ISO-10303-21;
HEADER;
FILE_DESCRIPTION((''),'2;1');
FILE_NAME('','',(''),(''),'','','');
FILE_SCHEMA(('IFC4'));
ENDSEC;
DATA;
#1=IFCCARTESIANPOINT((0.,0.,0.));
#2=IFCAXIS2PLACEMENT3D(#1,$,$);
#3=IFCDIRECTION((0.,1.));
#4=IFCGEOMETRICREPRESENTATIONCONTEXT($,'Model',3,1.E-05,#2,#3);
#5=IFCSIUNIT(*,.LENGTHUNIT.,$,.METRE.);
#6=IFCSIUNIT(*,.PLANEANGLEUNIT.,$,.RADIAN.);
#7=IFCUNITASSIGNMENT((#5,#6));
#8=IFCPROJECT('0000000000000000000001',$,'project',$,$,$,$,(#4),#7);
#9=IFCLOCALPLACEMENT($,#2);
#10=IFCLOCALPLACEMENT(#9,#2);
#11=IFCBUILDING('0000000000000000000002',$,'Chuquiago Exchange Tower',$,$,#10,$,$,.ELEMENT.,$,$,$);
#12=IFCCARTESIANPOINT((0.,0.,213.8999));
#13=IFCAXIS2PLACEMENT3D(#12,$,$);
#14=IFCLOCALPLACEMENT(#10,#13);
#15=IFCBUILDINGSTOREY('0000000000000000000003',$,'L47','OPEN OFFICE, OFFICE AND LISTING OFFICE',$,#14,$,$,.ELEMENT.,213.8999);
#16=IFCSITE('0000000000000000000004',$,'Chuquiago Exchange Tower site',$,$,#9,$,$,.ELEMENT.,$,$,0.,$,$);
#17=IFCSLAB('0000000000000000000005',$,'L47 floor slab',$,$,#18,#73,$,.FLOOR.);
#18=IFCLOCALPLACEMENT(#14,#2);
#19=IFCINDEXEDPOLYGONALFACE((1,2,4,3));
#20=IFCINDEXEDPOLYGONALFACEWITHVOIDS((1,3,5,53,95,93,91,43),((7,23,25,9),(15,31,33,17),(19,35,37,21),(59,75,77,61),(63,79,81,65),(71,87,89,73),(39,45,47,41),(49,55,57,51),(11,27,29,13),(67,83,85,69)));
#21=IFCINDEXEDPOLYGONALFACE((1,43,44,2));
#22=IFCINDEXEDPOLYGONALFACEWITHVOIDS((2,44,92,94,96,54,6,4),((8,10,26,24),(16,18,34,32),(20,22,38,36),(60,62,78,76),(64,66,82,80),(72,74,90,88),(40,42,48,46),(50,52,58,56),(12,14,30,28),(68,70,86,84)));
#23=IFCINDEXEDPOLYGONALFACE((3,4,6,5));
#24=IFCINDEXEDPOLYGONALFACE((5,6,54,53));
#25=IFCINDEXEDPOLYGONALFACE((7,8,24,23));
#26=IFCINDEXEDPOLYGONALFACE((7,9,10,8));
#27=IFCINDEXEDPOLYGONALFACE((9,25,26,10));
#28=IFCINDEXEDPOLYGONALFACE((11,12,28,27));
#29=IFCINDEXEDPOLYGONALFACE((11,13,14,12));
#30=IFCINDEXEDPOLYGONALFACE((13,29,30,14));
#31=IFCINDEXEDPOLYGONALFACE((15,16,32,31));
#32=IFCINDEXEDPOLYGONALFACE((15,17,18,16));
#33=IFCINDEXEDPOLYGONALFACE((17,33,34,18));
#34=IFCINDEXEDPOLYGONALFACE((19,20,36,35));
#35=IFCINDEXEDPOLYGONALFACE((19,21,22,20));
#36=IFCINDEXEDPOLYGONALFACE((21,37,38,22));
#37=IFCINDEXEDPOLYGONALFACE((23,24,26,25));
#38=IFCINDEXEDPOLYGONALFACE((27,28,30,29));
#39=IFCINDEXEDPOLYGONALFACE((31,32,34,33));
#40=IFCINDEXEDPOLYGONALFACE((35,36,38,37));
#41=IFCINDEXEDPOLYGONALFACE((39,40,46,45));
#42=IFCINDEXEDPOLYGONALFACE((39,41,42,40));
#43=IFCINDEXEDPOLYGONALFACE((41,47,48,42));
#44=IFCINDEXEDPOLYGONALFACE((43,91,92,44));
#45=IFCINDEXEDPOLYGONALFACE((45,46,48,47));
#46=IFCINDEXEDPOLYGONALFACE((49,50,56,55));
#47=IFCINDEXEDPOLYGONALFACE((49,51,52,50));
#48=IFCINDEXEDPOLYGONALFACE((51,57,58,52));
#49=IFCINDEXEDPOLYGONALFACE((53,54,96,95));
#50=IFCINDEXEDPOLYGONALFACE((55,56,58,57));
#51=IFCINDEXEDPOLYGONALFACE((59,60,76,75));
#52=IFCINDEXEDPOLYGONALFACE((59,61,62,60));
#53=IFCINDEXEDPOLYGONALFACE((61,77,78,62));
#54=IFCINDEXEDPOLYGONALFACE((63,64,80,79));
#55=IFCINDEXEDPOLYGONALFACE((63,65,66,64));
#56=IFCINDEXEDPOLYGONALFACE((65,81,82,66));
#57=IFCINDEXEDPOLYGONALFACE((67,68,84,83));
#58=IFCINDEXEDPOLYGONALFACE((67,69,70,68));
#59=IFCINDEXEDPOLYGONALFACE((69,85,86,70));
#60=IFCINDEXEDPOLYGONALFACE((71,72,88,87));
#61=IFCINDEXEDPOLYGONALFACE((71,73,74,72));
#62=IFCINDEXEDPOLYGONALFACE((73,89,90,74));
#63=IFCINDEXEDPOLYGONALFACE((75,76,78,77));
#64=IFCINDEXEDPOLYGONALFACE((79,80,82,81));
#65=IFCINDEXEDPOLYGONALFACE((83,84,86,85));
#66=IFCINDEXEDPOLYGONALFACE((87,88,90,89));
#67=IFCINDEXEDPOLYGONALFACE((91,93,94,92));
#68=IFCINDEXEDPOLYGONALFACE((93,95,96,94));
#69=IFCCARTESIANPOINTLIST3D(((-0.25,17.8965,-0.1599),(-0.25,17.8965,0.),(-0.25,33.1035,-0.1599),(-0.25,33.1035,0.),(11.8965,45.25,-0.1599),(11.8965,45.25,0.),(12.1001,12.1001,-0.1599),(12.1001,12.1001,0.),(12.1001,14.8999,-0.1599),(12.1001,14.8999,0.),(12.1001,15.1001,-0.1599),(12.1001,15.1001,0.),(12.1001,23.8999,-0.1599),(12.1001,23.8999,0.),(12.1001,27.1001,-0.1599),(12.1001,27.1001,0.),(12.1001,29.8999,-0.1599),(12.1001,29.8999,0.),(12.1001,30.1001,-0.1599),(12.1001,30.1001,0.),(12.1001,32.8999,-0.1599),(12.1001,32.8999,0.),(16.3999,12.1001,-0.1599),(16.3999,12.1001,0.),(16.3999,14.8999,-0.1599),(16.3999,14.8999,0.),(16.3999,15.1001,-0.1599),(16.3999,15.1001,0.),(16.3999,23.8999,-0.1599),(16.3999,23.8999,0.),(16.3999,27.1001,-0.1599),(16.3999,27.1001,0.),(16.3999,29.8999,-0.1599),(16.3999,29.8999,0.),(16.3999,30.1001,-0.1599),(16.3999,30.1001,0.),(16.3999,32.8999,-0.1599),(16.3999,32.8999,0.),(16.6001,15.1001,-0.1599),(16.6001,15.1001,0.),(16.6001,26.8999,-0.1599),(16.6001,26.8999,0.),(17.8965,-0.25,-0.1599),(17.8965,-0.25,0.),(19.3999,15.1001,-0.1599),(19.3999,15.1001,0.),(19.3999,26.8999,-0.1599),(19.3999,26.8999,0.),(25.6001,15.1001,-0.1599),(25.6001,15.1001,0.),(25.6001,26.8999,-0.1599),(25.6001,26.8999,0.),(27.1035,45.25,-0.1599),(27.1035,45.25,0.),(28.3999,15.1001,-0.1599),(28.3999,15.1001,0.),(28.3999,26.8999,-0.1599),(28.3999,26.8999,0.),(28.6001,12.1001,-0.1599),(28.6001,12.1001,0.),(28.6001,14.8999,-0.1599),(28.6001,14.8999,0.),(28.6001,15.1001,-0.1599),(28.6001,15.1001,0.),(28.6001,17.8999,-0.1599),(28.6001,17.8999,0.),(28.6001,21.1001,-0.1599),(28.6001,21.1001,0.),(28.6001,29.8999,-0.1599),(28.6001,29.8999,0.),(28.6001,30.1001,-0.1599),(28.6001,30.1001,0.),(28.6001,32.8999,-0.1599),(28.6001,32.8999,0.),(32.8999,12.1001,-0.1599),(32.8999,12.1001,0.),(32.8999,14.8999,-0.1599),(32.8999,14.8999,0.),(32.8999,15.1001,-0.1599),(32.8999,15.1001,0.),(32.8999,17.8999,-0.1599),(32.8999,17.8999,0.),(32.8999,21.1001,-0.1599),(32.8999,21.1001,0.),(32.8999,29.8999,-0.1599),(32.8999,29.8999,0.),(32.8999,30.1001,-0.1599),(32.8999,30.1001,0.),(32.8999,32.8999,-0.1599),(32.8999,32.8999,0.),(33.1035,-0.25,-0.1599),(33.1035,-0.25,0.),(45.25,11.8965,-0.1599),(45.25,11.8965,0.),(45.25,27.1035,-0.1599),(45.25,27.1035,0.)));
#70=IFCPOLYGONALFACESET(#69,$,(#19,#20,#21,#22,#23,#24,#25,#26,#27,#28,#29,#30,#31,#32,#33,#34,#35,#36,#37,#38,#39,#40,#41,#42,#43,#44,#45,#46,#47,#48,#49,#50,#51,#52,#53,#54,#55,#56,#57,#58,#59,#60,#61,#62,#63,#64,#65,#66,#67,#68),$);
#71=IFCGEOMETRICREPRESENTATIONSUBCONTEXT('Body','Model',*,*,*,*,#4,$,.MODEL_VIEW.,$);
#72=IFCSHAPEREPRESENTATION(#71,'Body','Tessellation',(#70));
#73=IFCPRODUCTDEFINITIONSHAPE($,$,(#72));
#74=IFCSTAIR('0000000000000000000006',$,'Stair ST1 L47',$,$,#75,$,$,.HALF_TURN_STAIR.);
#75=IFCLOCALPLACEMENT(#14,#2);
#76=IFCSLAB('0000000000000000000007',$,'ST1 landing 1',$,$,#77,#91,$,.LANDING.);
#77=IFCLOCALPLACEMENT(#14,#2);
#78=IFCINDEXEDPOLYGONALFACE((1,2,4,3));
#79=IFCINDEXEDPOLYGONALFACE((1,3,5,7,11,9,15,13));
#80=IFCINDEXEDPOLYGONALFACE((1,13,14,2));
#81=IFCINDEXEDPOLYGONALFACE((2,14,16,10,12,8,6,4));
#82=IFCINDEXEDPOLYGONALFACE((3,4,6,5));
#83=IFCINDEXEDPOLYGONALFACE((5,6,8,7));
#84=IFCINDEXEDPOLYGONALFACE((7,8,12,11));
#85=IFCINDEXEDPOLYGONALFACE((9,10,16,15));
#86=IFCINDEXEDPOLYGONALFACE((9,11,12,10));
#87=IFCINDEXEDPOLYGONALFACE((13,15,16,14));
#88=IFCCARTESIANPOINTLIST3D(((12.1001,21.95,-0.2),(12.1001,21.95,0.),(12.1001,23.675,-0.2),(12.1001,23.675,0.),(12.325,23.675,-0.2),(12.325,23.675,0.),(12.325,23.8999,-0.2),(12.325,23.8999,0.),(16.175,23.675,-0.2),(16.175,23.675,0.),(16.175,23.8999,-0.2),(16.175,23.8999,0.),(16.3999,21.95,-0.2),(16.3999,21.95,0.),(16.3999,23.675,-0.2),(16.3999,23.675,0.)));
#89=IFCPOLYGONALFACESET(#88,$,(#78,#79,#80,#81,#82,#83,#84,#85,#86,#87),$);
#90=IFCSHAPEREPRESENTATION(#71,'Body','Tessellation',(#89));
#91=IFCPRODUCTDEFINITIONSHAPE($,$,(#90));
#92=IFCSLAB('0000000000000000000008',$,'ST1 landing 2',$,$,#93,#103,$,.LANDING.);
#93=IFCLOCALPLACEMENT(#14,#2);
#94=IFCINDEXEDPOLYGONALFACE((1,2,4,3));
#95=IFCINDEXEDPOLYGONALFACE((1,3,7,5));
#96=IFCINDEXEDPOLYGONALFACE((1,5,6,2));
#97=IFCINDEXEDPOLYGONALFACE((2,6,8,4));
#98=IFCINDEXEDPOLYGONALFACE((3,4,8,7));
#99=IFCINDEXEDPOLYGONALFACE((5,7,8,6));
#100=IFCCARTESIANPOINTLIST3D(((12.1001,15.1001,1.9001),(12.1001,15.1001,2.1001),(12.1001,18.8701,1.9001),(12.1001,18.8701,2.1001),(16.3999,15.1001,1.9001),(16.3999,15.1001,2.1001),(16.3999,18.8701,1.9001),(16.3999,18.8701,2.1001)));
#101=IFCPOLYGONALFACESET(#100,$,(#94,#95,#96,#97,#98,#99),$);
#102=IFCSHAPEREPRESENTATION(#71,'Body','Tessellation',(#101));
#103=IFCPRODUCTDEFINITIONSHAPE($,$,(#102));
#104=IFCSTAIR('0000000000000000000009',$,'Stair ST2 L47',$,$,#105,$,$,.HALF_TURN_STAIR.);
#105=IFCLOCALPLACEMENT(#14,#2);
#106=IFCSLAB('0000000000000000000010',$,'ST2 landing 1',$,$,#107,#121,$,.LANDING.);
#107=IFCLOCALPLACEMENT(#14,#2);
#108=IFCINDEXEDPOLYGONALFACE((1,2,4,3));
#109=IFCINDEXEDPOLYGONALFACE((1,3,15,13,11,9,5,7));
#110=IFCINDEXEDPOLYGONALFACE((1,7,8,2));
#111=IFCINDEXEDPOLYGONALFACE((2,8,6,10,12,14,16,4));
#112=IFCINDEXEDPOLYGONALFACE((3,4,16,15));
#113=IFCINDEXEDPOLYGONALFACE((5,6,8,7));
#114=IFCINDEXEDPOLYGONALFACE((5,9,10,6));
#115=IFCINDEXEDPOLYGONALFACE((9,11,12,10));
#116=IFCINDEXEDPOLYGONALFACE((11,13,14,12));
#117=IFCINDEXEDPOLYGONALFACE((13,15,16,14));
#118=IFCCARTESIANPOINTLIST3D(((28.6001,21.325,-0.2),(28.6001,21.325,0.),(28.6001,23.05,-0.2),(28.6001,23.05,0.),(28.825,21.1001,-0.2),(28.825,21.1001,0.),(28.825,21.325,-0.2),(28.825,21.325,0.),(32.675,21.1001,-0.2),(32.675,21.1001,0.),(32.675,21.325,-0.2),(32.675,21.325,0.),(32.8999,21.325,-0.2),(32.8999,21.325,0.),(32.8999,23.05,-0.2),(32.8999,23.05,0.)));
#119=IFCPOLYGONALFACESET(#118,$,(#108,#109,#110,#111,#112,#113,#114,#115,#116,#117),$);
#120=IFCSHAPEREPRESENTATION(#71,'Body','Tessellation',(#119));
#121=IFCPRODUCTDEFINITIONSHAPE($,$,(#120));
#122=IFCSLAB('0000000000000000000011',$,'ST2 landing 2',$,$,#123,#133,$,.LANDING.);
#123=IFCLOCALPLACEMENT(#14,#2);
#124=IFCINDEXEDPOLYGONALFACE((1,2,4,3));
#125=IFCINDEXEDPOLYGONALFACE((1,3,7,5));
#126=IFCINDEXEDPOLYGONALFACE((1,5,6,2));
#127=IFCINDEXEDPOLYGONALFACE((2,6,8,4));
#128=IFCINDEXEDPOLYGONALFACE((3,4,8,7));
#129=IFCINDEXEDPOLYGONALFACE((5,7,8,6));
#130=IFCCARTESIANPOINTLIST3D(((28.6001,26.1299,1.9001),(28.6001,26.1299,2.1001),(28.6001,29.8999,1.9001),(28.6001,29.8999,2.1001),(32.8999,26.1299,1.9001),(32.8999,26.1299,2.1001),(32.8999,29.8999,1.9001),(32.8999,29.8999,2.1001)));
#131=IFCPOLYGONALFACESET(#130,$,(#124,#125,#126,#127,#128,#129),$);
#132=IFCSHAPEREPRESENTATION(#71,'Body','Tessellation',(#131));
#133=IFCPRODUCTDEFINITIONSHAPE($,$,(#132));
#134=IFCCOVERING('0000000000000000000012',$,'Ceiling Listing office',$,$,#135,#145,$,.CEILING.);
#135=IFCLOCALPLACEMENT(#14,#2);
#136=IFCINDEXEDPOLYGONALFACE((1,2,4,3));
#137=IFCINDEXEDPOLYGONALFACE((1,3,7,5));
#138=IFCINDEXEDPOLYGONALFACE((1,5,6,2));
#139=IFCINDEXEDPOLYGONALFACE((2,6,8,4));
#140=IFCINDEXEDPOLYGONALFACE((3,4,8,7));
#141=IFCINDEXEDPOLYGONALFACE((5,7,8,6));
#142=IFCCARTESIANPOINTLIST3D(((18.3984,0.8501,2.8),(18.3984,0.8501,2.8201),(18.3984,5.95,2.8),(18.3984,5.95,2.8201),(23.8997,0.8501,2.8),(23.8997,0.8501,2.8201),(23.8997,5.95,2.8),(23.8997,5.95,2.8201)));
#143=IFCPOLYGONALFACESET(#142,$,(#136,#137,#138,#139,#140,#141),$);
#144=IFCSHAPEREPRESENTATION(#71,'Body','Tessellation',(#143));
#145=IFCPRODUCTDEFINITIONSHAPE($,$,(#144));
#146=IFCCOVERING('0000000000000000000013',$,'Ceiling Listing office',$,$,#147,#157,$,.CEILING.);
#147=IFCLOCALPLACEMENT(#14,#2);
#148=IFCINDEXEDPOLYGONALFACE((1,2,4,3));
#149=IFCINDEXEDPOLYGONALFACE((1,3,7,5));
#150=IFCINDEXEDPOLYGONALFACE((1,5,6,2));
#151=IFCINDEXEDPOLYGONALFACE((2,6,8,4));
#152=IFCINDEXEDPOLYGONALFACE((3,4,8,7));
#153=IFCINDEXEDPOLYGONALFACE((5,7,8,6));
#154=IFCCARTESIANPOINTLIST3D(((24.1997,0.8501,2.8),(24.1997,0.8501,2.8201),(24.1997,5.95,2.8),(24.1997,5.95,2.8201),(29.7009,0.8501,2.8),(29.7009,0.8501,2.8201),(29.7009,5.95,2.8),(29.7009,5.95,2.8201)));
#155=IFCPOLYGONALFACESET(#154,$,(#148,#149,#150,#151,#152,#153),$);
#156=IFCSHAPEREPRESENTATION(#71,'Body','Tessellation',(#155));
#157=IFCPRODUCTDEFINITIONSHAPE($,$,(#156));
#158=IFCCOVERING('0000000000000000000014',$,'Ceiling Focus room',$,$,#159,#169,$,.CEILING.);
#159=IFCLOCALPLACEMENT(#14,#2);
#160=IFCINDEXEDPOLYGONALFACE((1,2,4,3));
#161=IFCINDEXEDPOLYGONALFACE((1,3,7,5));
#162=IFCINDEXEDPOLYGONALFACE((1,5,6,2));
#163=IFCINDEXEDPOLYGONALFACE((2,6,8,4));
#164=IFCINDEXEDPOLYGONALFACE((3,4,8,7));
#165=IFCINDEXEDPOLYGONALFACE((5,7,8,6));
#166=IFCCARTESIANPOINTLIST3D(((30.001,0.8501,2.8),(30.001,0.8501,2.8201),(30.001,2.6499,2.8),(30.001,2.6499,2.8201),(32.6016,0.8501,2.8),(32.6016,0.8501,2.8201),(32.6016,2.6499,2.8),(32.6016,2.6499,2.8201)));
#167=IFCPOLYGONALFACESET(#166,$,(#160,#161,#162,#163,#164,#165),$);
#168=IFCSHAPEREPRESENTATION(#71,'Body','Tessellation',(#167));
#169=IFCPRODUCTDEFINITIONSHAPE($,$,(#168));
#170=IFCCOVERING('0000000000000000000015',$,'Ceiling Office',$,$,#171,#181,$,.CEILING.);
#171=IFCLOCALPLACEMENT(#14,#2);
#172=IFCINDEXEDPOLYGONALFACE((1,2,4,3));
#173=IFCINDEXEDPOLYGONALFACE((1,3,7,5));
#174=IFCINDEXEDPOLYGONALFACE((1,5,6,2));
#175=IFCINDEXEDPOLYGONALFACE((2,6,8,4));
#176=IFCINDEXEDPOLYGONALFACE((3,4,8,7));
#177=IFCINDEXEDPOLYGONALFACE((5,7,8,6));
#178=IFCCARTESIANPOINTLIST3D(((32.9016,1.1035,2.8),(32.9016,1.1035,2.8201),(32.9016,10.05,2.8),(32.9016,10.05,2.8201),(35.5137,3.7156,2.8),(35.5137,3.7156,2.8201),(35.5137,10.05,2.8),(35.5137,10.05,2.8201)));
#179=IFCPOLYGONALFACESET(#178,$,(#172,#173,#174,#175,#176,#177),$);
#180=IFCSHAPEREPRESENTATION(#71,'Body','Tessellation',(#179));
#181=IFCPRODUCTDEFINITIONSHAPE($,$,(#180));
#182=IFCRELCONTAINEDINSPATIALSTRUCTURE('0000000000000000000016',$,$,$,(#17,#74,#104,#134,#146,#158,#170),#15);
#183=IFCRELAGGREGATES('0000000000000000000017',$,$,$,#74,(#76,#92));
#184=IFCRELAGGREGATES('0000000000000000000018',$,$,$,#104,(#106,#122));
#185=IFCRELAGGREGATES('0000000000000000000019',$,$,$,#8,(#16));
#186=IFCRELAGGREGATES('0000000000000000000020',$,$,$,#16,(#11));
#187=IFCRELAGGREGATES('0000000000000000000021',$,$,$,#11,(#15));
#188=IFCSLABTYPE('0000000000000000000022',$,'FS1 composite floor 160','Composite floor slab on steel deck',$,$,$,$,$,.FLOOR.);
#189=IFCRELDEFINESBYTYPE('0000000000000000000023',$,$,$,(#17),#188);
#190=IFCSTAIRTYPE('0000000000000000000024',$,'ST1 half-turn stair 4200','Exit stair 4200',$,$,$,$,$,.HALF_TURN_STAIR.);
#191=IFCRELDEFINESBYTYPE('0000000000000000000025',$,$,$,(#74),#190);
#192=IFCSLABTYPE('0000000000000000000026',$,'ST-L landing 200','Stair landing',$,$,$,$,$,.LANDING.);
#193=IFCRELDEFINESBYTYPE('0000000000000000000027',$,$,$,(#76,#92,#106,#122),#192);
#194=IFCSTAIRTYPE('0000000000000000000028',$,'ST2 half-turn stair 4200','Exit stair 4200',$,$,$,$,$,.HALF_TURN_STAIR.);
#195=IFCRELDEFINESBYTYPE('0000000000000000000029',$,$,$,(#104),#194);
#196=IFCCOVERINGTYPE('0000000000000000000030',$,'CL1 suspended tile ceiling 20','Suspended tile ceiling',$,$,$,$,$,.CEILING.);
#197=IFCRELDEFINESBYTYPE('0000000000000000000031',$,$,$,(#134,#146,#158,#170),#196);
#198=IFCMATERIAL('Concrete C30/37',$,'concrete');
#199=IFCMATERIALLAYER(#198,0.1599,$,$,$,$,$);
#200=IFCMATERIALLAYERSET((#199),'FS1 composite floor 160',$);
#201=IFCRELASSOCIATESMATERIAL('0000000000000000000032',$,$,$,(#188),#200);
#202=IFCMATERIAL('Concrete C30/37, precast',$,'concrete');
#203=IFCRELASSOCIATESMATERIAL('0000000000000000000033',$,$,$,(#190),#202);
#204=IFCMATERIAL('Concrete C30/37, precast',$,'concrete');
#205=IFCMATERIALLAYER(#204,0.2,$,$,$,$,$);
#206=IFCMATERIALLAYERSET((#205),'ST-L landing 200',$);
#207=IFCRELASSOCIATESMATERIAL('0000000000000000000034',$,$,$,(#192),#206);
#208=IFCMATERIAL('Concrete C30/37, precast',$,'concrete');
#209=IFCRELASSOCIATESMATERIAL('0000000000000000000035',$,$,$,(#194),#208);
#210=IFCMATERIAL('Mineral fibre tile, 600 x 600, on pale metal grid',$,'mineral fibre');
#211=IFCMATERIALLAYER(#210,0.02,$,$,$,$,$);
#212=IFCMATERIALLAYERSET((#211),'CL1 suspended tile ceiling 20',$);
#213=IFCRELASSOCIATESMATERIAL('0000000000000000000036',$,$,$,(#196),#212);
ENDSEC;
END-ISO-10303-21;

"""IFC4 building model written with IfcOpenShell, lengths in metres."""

from ifc_helpers import new_model, si_unit, direction, frame, origin, place, context, subcontext, project, spatial, polyline, outline, extrude, material, layer, layer_set, type_object, element, aggregate, save


model = new_model("IFC4")

# Units and contexts
model_context = context("Model", 3, precision=1e-05, world=origin(), true_north=direction((0.0, 1.0)))
body_context = subcontext(model_context, "Body", "Model", "MODEL_VIEW")
ifc_project = project(units=[si_unit("LENGTHUNIT", "METRE"), si_unit("PLANEANGLEUNIT", "RADIAN")], contexts=[model_context])

# Site, building, storey
site_placement = place(None, origin())
site = spatial("IfcSite", under=ifc_project, at=site_placement, Name="Chuquiago Exchange Tower site", CompositionType="ELEMENT", RefElevation=0.0)
building_placement = place(site_placement, origin())
building = spatial("IfcBuilding", under=site, at=building_placement, Name="Chuquiago Exchange Tower", CompositionType="ELEMENT")
storey_placement = place(building_placement, frame((0.0, 0.0, 213.8999)))
storey = spatial("IfcBuildingStorey", under=building, at=storey_placement, Name="L47", Description="OPEN OFFICE, OFFICE AND LISTING OFFICE", CompositionType="ELEMENT", Elevation=213.8999)

# Slab
ifc_material_1 = material(Name="Concrete C30/37", Category="concrete")
ifc_layer_1 = layer(ifc_material_1, 0.1599)
ifc_layer_set_1 = layer_set([ifc_layer_1], Name="FS1 composite floor 160")
slab_type_1 = type_object("IfcSlabType", Name="FS1 composite floor 160", Description="Composite floor slab on steel deck", PredefinedType="FLOOR", material=ifc_layer_set_1)
slab_1_placement = place(storey_placement, frame((0.0, 0.0, -0.1599)))
element("IfcSlab", 1, at=slab_1_placement, inside=storey, type_object=slab_type_1, Name="L47 floor slab", PredefinedType="FLOOR", context=body_context, shape_type="SweptSolid", body=[
    extrude(outline(polyline([(17.8965, -0.25), (-0.25, 17.8965), (-0.25, 33.1035), (11.8965, 45.25), (27.1035, 45.25), (45.25, 27.1035), (45.25, 11.8965), (33.1035, -0.25), (17.8965, -0.25)]), holes=[polyline([(16.3999, 15.1001), (12.1001, 15.1001), (12.1001, 23.8999), (16.3999, 23.8999), (16.3999, 15.1001)]), polyline([(32.8999, 21.1001), (28.6001, 21.1001), (28.6001, 29.8999), (32.8999, 29.8999), (32.8999, 21.1001)]), polyline([(16.3999, 12.1001), (12.1001, 12.1001), (12.1001, 14.8999), (16.3999, 14.8999), (16.3999, 12.1001)]), polyline([(16.3999, 30.1001), (12.1001, 30.1001), (12.1001, 32.8999), (16.3999, 32.8999), (16.3999, 30.1001)]), polyline([(32.8999, 12.1001), (28.6001, 12.1001), (28.6001, 14.8999), (32.8999, 14.8999), (32.8999, 12.1001)]), polyline([(32.8999, 30.1001), (28.6001, 30.1001), (28.6001, 32.8999), (32.8999, 32.8999), (32.8999, 30.1001)]), polyline([(16.3999, 27.1001), (12.1001, 27.1001), (12.1001, 29.8999), (16.3999, 29.8999), (16.3999, 27.1001)]), polyline([(32.8999, 15.1001), (28.6001, 15.1001), (28.6001, 17.8999), (32.8999, 17.8999), (32.8999, 15.1001)]), polyline([(19.3999, 15.1001), (16.6001, 15.1001), (16.6001, 26.8999), (19.3999, 26.8999), (19.3999, 15.1001)]), polyline([(28.3999, 15.1001), (25.6001, 15.1001), (25.6001, 26.8999), (28.3999, 26.8999), (28.3999, 15.1001)])]), origin(), (0.0, 0.0, 1.0), 0.1599),
])

# Stairs, slabs
ifc_material_2 = material(Name="Concrete C30/37, precast", Category="concrete")
stair_type_1 = type_object("IfcStairType", Name="ST1 half-turn stair 4200", Description="Exit stair 4200", PredefinedType="HALF_TURN_STAIR", material=ifc_material_2)
stair_1_placement = place(storey_placement, origin())
stair_1 = element("IfcStair", 2, at=stair_1_placement, inside=storey, type_object=stair_type_1, Name="Stair ST1 L47", PredefinedType="HALF_TURN_STAIR")
ifc_material_3 = material(Name="Concrete C30/37, precast", Category="concrete")
ifc_layer_2 = layer(ifc_material_3, 0.2)
ifc_layer_set_2 = layer_set([ifc_layer_2], Name="ST-L landing 200")
slab_type_2 = type_object("IfcSlabType", Name="ST-L landing 200", Description="Stair landing", PredefinedType="LANDING", material=ifc_layer_set_2)
slab_2_placement = place(storey_placement, frame((0.0, 0.0, -0.2)))
slab_2 = element("IfcSlab", 3, at=slab_2_placement, type_object=slab_type_2, Name="ST1 landing 1", PredefinedType="LANDING", context=body_context, shape_type="SweptSolid", body=[
    extrude(outline(polyline([(12.325, 23.8999), (16.175, 23.8999), (16.175, 23.675), (16.3999, 23.675), (16.3999, 21.95), (12.1001, 21.95), (12.1001, 23.675), (12.325, 23.675), (12.325, 23.8999)])), origin(), (0.0, 0.0, 1.0), 0.2),
])
slab_3_placement = place(storey_placement, frame((0.0, 0.0, 1.9001)))
slab_3 = element("IfcSlab", 4, at=slab_3_placement, type_object=slab_type_2, Name="ST1 landing 2", PredefinedType="LANDING", context=body_context, shape_type="SweptSolid", body=[
    extrude(outline(polyline([(12.1001, 18.8701), (16.3999, 18.8701), (16.3999, 15.1001), (12.1001, 15.1001), (12.1001, 18.8701)])), origin(), (0.0, 0.0, 1.0), 0.2),
])
aggregate(stair_1, [slab_2, slab_3])
ifc_material_4 = material(Name="Concrete C30/37, precast", Category="concrete")
stair_type_2 = type_object("IfcStairType", Name="ST2 half-turn stair 4200", Description="Exit stair 4200", PredefinedType="HALF_TURN_STAIR", material=ifc_material_4)
stair_2_placement = place(storey_placement, origin())
stair_2 = element("IfcStair", 5, at=stair_2_placement, inside=storey, type_object=stair_type_2, Name="Stair ST2 L47", PredefinedType="HALF_TURN_STAIR")
slab_4_placement = place(storey_placement, frame((0.0, 0.0, -0.2)))
slab_4 = element("IfcSlab", 6, at=slab_4_placement, type_object=slab_type_2, Name="ST2 landing 1", PredefinedType="LANDING", context=body_context, shape_type="SweptSolid", body=[
    extrude(outline(polyline([(32.675, 21.325), (32.675, 21.1001), (28.825, 21.1001), (28.825, 21.325), (28.6001, 21.325), (28.6001, 23.05), (32.8999, 23.05), (32.8999, 21.325), (32.675, 21.325)])), origin(), (0.0, 0.0, 1.0), 0.2),
])
slab_5_placement = place(storey_placement, frame((0.0, 0.0, 1.9001)))
slab_5 = element("IfcSlab", 7, at=slab_5_placement, type_object=slab_type_2, Name="ST2 landing 2", PredefinedType="LANDING", context=body_context, shape_type="SweptSolid", body=[
    extrude(outline(polyline([(28.6001, 29.8999), (32.8999, 29.8999), (32.8999, 26.1299), (28.6001, 26.1299), (28.6001, 29.8999)])), origin(), (0.0, 0.0, 1.0), 0.2),
])
aggregate(stair_2, [slab_4, slab_5])

# Coverings
ifc_material_5 = material(Name="Mineral fibre tile, 600 x 600, on pale metal grid", Category="mineral fibre")
ifc_layer_3 = layer(ifc_material_5, 0.02)
ifc_layer_set_3 = layer_set([ifc_layer_3], Name="CL1 suspended tile ceiling 20")
covering_type_1 = type_object("IfcCoveringType", Name="CL1 suspended tile ceiling 20", Description="Suspended tile ceiling", PredefinedType="CEILING", material=ifc_layer_set_3)
covering_1_placement = place(storey_placement, frame((0.0, 0.0, 2.8)))
element("IfcCovering", 8, at=covering_1_placement, inside=storey, type_object=covering_type_1, Name="Ceiling Listing office", PredefinedType="CEILING", context=body_context, shape_type="SweptSolid", body=[
    extrude(outline(polyline([(18.3984, 5.95), (23.8997, 5.95), (23.8997, 0.8501), (18.3984, 0.8501), (18.3984, 5.95)])), origin(), (0.0, 0.0, 1.0), 0.02),
])
covering_2_placement = place(storey_placement, frame((0.0, 0.0, 2.8)))
element("IfcCovering", 9, at=covering_2_placement, inside=storey, type_object=covering_type_1, Name="Ceiling Listing office", PredefinedType="CEILING", context=body_context, shape_type="SweptSolid", body=[
    extrude(outline(polyline([(24.1997, 5.95), (29.7009, 5.95), (29.7009, 0.8501), (24.1997, 0.8501), (24.1997, 5.95)])), origin(), (0.0, 0.0, 1.0), 0.02),
])
covering_3_placement = place(storey_placement, frame((0.0, 0.0, 2.8)))
element("IfcCovering", 10, at=covering_3_placement, inside=storey, type_object=covering_type_1, Name="Ceiling Focus room", PredefinedType="CEILING", context=body_context, shape_type="SweptSolid", body=[
    extrude(outline(polyline([(30.001, 0.8501), (30.001, 2.6499), (32.6016, 2.6499), (32.6016, 0.8501), (30.001, 0.8501)])), origin(), (0.0, 0.0, 1.0), 0.02),
])
covering_4_placement = place(storey_placement, frame((0.0, 0.0, 2.8)))
element("IfcCovering", 11, at=covering_4_placement, inside=storey, type_object=covering_type_1, Name="Ceiling Office", PredefinedType="CEILING", context=body_context, shape_type="SweptSolid", body=[
    extrude(outline(polyline([(32.9016, 10.05), (35.5137, 10.05), (35.5137, 3.7156), (32.9016, 1.1035), (32.9016, 10.05)])), origin(), (0.0, 0.0, 1.0), 0.02),
])

save(model, "model.ifc")
